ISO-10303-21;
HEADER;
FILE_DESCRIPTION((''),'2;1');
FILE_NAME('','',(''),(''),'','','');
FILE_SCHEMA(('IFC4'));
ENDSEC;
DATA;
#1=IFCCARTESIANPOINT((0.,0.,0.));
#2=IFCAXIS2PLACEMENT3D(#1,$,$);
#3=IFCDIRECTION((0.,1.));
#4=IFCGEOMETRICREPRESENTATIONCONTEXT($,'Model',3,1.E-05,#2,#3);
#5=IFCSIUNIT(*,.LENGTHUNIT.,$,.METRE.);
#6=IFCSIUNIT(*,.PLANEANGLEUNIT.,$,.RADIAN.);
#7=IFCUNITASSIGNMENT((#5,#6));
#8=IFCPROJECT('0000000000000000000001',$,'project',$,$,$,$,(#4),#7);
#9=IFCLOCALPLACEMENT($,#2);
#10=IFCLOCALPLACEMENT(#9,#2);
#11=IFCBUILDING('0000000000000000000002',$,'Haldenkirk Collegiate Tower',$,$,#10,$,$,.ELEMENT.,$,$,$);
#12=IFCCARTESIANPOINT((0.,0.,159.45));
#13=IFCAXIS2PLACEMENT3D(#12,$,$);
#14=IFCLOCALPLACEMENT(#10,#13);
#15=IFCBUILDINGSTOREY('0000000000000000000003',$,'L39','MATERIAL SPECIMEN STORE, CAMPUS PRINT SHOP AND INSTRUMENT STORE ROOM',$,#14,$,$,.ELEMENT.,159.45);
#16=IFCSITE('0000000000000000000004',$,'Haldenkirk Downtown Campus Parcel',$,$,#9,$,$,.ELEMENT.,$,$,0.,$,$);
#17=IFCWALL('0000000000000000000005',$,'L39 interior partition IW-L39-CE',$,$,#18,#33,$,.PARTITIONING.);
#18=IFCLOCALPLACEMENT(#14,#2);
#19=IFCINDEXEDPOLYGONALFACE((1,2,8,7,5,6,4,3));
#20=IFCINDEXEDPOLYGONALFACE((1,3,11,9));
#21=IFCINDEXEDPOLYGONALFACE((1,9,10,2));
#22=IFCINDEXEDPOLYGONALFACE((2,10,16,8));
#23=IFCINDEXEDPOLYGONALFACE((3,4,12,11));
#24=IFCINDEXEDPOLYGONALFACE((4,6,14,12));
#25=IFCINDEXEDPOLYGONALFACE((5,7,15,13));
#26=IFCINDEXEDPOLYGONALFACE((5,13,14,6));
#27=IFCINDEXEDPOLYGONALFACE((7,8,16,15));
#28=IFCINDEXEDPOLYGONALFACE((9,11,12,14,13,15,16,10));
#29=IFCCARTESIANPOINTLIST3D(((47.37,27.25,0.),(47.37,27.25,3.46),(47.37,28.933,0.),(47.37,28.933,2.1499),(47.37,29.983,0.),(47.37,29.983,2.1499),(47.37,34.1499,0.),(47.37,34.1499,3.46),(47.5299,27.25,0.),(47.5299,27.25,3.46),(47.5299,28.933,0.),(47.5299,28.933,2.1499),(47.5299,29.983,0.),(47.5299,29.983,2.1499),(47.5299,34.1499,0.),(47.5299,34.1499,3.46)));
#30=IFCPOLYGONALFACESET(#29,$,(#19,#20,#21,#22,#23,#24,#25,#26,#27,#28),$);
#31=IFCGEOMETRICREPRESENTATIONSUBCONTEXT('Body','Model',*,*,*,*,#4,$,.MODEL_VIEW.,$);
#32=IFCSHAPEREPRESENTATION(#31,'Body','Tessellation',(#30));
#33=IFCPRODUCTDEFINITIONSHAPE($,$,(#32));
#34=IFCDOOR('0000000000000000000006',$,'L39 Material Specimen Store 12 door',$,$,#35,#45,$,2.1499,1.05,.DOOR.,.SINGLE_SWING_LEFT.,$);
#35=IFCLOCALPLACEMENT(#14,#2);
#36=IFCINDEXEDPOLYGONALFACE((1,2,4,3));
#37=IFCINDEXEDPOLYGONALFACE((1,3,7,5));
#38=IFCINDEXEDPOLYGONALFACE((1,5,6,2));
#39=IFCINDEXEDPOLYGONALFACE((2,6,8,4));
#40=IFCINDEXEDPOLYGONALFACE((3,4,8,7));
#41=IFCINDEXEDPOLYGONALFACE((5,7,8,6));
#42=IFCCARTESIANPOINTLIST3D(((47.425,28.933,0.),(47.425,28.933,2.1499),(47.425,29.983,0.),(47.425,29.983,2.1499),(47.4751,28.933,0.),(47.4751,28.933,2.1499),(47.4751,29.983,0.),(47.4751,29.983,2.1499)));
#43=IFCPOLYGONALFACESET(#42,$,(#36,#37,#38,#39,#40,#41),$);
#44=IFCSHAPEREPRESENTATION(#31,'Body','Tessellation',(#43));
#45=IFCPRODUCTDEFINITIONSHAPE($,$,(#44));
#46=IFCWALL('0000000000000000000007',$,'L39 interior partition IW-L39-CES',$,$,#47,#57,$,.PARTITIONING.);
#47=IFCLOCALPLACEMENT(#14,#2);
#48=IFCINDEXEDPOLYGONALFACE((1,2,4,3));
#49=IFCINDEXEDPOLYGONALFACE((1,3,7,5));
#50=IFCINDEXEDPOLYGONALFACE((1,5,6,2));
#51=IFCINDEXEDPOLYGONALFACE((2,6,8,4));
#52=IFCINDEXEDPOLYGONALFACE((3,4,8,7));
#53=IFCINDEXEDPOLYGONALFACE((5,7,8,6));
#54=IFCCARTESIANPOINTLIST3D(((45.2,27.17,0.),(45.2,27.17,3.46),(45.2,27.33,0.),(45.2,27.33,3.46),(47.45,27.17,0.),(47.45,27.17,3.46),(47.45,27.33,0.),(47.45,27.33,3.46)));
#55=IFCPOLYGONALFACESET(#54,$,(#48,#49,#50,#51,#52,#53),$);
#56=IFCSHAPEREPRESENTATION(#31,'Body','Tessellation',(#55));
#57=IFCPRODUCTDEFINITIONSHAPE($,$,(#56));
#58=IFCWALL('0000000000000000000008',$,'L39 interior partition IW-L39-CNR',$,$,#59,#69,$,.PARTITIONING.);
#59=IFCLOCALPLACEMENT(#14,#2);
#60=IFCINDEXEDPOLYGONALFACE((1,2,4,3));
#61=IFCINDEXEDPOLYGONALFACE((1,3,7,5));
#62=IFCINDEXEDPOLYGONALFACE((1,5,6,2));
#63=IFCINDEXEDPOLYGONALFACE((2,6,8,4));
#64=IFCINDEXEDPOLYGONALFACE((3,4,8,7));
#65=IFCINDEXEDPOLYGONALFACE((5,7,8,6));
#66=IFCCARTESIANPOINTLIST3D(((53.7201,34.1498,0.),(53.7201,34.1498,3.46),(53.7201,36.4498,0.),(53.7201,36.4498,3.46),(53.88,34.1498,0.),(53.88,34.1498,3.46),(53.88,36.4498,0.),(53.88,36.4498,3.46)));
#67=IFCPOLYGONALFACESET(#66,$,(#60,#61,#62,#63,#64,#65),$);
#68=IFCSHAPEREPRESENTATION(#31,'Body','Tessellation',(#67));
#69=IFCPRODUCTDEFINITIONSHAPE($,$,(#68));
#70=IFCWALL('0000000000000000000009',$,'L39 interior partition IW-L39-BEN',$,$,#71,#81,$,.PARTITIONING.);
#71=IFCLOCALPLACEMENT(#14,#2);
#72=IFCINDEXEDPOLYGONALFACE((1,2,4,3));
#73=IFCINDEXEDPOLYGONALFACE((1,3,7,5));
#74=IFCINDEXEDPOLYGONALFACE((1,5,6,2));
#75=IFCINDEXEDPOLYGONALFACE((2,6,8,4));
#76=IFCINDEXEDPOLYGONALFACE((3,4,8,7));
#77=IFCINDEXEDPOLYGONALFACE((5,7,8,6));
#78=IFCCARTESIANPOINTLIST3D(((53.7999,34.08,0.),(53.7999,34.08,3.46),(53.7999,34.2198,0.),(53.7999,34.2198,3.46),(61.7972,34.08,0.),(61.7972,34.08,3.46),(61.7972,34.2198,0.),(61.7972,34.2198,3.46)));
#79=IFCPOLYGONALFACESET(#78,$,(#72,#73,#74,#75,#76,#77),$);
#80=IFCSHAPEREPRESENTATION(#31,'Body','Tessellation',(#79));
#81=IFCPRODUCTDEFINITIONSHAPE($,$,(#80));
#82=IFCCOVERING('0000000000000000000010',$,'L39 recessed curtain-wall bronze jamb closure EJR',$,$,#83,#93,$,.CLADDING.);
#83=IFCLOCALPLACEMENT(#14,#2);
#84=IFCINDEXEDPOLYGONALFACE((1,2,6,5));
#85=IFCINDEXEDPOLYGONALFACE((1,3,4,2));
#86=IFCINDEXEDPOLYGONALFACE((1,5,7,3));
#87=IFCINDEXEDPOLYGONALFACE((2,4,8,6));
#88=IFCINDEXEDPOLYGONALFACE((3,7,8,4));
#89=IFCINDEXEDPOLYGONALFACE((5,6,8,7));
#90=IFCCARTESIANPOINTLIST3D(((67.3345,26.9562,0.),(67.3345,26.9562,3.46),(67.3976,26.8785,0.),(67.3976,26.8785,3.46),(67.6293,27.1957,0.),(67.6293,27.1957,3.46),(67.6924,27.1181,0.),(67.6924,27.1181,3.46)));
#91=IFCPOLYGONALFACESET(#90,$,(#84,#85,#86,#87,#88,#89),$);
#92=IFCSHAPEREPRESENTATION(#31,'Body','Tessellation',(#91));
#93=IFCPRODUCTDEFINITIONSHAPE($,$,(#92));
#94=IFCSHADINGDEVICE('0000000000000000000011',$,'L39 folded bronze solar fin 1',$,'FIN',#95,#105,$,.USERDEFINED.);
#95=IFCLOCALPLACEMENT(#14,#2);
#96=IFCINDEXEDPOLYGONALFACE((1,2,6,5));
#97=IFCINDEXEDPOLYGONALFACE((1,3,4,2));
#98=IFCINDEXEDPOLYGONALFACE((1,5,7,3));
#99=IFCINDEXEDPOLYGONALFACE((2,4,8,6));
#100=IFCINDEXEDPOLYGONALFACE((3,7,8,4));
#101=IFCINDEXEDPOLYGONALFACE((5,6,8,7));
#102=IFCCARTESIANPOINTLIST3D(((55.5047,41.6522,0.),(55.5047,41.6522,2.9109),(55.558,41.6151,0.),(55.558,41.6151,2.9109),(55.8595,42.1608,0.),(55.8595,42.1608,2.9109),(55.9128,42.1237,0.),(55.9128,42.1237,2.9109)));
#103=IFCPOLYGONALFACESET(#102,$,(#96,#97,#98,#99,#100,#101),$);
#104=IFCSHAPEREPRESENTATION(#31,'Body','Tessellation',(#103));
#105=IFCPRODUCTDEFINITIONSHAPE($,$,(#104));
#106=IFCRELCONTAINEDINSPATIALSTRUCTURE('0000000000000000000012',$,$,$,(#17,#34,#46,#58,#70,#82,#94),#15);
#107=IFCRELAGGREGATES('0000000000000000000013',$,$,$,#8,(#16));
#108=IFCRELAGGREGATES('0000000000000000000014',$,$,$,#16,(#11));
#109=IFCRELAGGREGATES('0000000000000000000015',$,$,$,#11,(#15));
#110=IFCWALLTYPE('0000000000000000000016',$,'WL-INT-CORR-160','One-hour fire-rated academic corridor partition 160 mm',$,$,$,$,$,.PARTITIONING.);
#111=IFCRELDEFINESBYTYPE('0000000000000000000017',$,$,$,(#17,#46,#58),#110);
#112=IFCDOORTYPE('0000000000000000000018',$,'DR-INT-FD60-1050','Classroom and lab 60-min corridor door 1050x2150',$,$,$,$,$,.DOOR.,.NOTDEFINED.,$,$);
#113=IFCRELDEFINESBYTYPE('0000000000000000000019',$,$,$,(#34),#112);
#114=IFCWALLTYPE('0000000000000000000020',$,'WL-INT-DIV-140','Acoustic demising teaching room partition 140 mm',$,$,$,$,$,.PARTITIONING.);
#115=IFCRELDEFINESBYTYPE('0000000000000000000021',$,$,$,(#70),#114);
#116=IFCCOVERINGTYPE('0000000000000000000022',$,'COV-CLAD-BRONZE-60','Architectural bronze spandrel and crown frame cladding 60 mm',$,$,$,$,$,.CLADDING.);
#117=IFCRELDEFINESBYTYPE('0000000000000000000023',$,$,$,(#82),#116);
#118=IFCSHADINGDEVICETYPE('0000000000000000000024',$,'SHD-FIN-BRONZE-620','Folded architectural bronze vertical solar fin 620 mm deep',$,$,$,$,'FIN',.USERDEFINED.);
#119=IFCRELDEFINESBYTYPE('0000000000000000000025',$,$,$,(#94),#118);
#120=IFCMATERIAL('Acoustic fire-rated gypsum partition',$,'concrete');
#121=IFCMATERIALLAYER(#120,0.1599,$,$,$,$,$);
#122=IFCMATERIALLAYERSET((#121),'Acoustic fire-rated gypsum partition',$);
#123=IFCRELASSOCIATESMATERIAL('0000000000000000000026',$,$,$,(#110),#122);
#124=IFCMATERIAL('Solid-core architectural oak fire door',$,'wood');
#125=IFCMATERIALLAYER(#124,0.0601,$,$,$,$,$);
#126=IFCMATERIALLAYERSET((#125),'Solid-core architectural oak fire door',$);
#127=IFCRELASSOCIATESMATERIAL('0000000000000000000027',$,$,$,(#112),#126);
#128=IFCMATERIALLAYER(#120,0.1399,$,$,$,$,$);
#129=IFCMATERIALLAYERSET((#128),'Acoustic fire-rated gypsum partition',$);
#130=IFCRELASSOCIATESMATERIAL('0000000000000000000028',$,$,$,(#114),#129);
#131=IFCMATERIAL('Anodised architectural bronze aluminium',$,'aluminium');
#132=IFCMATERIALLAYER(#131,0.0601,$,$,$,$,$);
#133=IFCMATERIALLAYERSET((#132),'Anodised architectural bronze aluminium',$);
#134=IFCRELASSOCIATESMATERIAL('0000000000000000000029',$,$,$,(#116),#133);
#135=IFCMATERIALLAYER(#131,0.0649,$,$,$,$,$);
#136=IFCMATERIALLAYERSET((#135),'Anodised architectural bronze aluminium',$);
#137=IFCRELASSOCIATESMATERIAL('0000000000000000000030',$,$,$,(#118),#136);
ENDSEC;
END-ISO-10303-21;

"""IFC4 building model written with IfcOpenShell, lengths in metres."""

from ifc_helpers import new_model, si_unit, direction, frame, frame_2d, origin, origin_2d, place, context, subcontext, project, spatial, rectangle, extrude, source, transform, mapped, material, layer, layer_set, type_object, element, fill, save


model = new_model("IFC4")

# Units and contexts
model_context = context("Model", 3, precision=1e-05, world=origin(), true_north=direction((0.0, 1.0)))
body_context = subcontext(model_context, "Body", "Model", "MODEL_VIEW")
ifc_project = project(units=[si_unit("LENGTHUNIT", "METRE"), si_unit("PLANEANGLEUNIT", "RADIAN")], contexts=[model_context])

# Site, building, storey
site_placement = place(None, origin())
site = spatial("IfcSite", under=ifc_project, at=site_placement, Name="Haldenkirk Downtown Campus Parcel", CompositionType="ELEMENT", RefElevation=0.0)
building_placement = place(site_placement, origin())
building = spatial("IfcBuilding", under=site, at=building_placement, Name="Haldenkirk Collegiate Tower", CompositionType="ELEMENT")
storey_placement = place(building_placement, frame((0.0, 0.0, 159.45)))
storey = spatial("IfcBuildingStorey", under=building, at=storey_placement, Name="L39", Description="MATERIAL SPECIMEN STORE, CAMPUS PRINT SHOP AND INSTRUMENT STORE ROOM", CompositionType="ELEMENT", Elevation=159.45)

# Shared definitions
ifc_material_1 = material(Name="Anodised architectural bronze aluminium", Category="aluminium")

# Shared definitions
ifc_material_2 = material(Name="Acoustic fire-rated gypsum partition", Category="concrete")
ifc_layer_1 = layer(ifc_material_2, 0.1599)
ifc_layer_set_1 = layer_set([ifc_layer_1], Name="Acoustic fire-rated gypsum partition")
wall_type_1 = type_object("IfcWallType", Name="WL-INT-CORR-160", Description="One-hour fire-rated academic corridor partition 160 mm", PredefinedType="PARTITIONING", material=ifc_layer_set_1)

# Wall, opening, door
wall_1_placement = place(storey_placement, frame((47.45, 27.25, 0.0), z_axis=(0.0, 0.0, 1.0), x_axis=(0.0, 1.0, 0.0)))
wall_1 = element("IfcWall", 1, at=wall_1_placement, inside=storey, type_object=wall_type_1, Name="L39 interior partition IW-L39-CE", PredefinedType="PARTITIONING", context=body_context, shape_type="SweptSolid", body=[
    extrude(rectangle(XDim=6.8999, YDim=0.1599, at=frame_2d((3.45, 0.0))), origin(), (0.0, 0.0, 1.0), 3.46),
])
opening_placement = place(wall_1_placement, frame((1.6831, 0.0, 0.0)))
opening = element("IfcOpeningElement", 2, at=opening_placement, cuts=wall_1, PredefinedType="OPENING", context=body_context, shape_type="SweptSolid", body=[
    extrude(rectangle(XDim=1.05, YDim=2.1499, at=frame_2d((0.5249, 1.075))), frame((0.0, 0.0898, 0.0), z_axis=(0.0, -1.0, 0.0), x_axis=(1.0, 0.0, 0.0)), (0.0, 0.0, 1.0), 0.1799),
])
ifc_material_3 = material(Name="Solid-core architectural oak fire door", Category="wood")
ifc_layer_2 = layer(ifc_material_3, 0.0601)
ifc_layer_set_2 = layer_set([ifc_layer_2], Name="Solid-core architectural oak fire door")
door_type = type_object("IfcDoorType", Name="DR-INT-FD60-1050", Description="Classroom and lab 60-min corridor door 1050x2150", OperationType="NOTDEFINED", PredefinedType="DOOR", material=ifc_layer_set_2)
door_placement = place(opening_placement, origin())
door = element("IfcDoor", 3, at=door_placement, inside=storey, type_object=door_type, Name="L39 Material Specimen Store 12 door", OperationType="SINGLE_SWING_LEFT", OverallHeight=2.1499, OverallWidth=1.05, PredefinedType="DOOR", context=body_context, shape_type="SweptSolid", body=[
    extrude(rectangle(XDim=1.05, YDim=2.1499, at=frame_2d((0.5249, 1.075))), frame((0.0, 0.0249, 0.0), z_axis=(0.0, -1.0, 0.0), x_axis=(1.0, 0.0, 0.0)), (0.0, 0.0, 1.0), 0.05),
])
fill(opening, door)

# Walls
wall_2_placement = place(storey_placement, frame((45.2, 27.25, 0.0), z_axis=(0.0, 0.0, 1.0), x_axis=(1.0, 0.0, 0.0)))
element("IfcWall", 4, at=wall_2_placement, inside=storey, type_object=wall_type_1, Name="L39 interior partition IW-L39-CES", PredefinedType="PARTITIONING", context=body_context, shape_type="SweptSolid", body=[
    extrude(rectangle(XDim=2.25, YDim=0.1599, at=frame_2d((1.125, 0.0))), origin(), (0.0, 0.0, 1.0), 3.46),
])
wall_3_placement = place(storey_placement, frame((53.8, 34.1499, 0.0), z_axis=(0.0, 0.0, 1.0), x_axis=(0.0, 1.0, 0.0)))
element("IfcWall", 5, at=wall_3_placement, inside=storey, type_object=wall_type_1, Name="L39 interior partition IW-L39-CNR", PredefinedType="PARTITIONING", context=body_context, shape_type="SweptSolid", body=[
    extrude(rectangle(XDim=2.3, YDim=0.1599, at=frame_2d((1.1499, 0.0))), origin(), (0.0, 0.0, 1.0), 3.46),
])
ifc_layer_3 = layer(ifc_material_2, 0.1399)
ifc_layer_set_3 = layer_set([ifc_layer_3], Name="Acoustic fire-rated gypsum partition")
wall_type_2 = type_object("IfcWallType", Name="WL-INT-DIV-140", Description="Acoustic demising teaching room partition 140 mm", PredefinedType="PARTITIONING", material=ifc_layer_set_3)
wall_4_placement = place(storey_placement, frame((53.8, 34.1499, 0.0), z_axis=(0.0, 0.0, 1.0), x_axis=(1.0, 0.0, 0.0)))
element("IfcWall", 6, at=wall_4_placement, inside=storey, type_object=wall_type_2, Name="L39 interior partition IW-L39-BEN", PredefinedType="PARTITIONING", context=body_context, shape_type="SweptSolid", body=[
    extrude(rectangle(XDim=7.9973, YDim=0.1399, at=frame_2d((3.9985, 0.0))), origin(), (0.0, 0.0, 1.0), 3.46),
])

# Covering
ifc_layer_4 = layer(ifc_material_1, 0.0601)
ifc_layer_set_4 = layer_set([ifc_layer_4], Name="Anodised architectural bronze aluminium")
covering_type = type_object("IfcCoveringType", Name="COV-CLAD-BRONZE-60", Description="Architectural bronze spandrel and crown frame cladding 60 mm", PredefinedType="CLADDING", material=ifc_layer_set_4)
shared_shape_1 = source(origin(), body_context, "Body", "SweptSolid", [
    extrude(rectangle(XDim=0.1001, YDim=0.3799, at=origin_2d()), origin(), (0.0, 0.0, 1.0), 3.46),
])
covering_placement = place(storey_placement, frame((67.5134, 27.0371, 0.0), z_axis=(0.0, 0.0, 1.0), x_axis=(0.630676, -0.776046, 0.0)))
element("IfcCovering", 7, at=covering_placement, inside=storey, type_object=covering_type, Name="L39 recessed curtain-wall bronze jamb closure EJR", PredefinedType="CLADDING", context=body_context, shape_type="MappedRepresentation", body=[
    mapped(shared_shape_1, transform((0.0, 0.0, 0.0), x_axis=(1.0, 0.0, 0.0), y_axis=(0.0, 1.0, 0.0), z_axis=(0.0, 0.0, 1.0), scale=1.0)),
])

# Shading device
ifc_layer_5 = layer(ifc_material_1, 0.0649)
ifc_layer_set_5 = layer_set([ifc_layer_5], Name="Anodised architectural bronze aluminium")
shading_device_type = type_object("IfcShadingDeviceType", Name="SHD-FIN-BRONZE-620", Description="Folded architectural bronze vertical solar fin 620 mm deep", ElementType="FIN", PredefinedType="USERDEFINED", material=ifc_layer_set_5)
shared_shape_2 = source(origin(), body_context, "Body", "SweptSolid", [
    extrude(rectangle(XDim=0.6201, YDim=0.0649, at=origin_2d()), origin(), (0.0, 0.0, 1.0), 2.9109),
])
shading_device_placement = place(storey_placement, frame((55.7087, 41.8879, 0.0), z_axis=(0.0, 0.0, 1.0), x_axis=(0.572146, 0.820152, 0.0)))
element("IfcShadingDevice", 8, at=shading_device_placement, inside=storey, type_object=shading_device_type, Name="L39 folded bronze solar fin 1", ObjectType="FIN", PredefinedType="USERDEFINED", context=body_context, shape_type="MappedRepresentation", body=[
    mapped(shared_shape_2, transform((0.0, 0.0, 0.0), x_axis=(1.0, 0.0, 0.0), y_axis=(0.0, 1.0, 0.0), z_axis=(0.0, 0.0, 1.0), scale=1.0)),
])

save(model, "model.ifc")
